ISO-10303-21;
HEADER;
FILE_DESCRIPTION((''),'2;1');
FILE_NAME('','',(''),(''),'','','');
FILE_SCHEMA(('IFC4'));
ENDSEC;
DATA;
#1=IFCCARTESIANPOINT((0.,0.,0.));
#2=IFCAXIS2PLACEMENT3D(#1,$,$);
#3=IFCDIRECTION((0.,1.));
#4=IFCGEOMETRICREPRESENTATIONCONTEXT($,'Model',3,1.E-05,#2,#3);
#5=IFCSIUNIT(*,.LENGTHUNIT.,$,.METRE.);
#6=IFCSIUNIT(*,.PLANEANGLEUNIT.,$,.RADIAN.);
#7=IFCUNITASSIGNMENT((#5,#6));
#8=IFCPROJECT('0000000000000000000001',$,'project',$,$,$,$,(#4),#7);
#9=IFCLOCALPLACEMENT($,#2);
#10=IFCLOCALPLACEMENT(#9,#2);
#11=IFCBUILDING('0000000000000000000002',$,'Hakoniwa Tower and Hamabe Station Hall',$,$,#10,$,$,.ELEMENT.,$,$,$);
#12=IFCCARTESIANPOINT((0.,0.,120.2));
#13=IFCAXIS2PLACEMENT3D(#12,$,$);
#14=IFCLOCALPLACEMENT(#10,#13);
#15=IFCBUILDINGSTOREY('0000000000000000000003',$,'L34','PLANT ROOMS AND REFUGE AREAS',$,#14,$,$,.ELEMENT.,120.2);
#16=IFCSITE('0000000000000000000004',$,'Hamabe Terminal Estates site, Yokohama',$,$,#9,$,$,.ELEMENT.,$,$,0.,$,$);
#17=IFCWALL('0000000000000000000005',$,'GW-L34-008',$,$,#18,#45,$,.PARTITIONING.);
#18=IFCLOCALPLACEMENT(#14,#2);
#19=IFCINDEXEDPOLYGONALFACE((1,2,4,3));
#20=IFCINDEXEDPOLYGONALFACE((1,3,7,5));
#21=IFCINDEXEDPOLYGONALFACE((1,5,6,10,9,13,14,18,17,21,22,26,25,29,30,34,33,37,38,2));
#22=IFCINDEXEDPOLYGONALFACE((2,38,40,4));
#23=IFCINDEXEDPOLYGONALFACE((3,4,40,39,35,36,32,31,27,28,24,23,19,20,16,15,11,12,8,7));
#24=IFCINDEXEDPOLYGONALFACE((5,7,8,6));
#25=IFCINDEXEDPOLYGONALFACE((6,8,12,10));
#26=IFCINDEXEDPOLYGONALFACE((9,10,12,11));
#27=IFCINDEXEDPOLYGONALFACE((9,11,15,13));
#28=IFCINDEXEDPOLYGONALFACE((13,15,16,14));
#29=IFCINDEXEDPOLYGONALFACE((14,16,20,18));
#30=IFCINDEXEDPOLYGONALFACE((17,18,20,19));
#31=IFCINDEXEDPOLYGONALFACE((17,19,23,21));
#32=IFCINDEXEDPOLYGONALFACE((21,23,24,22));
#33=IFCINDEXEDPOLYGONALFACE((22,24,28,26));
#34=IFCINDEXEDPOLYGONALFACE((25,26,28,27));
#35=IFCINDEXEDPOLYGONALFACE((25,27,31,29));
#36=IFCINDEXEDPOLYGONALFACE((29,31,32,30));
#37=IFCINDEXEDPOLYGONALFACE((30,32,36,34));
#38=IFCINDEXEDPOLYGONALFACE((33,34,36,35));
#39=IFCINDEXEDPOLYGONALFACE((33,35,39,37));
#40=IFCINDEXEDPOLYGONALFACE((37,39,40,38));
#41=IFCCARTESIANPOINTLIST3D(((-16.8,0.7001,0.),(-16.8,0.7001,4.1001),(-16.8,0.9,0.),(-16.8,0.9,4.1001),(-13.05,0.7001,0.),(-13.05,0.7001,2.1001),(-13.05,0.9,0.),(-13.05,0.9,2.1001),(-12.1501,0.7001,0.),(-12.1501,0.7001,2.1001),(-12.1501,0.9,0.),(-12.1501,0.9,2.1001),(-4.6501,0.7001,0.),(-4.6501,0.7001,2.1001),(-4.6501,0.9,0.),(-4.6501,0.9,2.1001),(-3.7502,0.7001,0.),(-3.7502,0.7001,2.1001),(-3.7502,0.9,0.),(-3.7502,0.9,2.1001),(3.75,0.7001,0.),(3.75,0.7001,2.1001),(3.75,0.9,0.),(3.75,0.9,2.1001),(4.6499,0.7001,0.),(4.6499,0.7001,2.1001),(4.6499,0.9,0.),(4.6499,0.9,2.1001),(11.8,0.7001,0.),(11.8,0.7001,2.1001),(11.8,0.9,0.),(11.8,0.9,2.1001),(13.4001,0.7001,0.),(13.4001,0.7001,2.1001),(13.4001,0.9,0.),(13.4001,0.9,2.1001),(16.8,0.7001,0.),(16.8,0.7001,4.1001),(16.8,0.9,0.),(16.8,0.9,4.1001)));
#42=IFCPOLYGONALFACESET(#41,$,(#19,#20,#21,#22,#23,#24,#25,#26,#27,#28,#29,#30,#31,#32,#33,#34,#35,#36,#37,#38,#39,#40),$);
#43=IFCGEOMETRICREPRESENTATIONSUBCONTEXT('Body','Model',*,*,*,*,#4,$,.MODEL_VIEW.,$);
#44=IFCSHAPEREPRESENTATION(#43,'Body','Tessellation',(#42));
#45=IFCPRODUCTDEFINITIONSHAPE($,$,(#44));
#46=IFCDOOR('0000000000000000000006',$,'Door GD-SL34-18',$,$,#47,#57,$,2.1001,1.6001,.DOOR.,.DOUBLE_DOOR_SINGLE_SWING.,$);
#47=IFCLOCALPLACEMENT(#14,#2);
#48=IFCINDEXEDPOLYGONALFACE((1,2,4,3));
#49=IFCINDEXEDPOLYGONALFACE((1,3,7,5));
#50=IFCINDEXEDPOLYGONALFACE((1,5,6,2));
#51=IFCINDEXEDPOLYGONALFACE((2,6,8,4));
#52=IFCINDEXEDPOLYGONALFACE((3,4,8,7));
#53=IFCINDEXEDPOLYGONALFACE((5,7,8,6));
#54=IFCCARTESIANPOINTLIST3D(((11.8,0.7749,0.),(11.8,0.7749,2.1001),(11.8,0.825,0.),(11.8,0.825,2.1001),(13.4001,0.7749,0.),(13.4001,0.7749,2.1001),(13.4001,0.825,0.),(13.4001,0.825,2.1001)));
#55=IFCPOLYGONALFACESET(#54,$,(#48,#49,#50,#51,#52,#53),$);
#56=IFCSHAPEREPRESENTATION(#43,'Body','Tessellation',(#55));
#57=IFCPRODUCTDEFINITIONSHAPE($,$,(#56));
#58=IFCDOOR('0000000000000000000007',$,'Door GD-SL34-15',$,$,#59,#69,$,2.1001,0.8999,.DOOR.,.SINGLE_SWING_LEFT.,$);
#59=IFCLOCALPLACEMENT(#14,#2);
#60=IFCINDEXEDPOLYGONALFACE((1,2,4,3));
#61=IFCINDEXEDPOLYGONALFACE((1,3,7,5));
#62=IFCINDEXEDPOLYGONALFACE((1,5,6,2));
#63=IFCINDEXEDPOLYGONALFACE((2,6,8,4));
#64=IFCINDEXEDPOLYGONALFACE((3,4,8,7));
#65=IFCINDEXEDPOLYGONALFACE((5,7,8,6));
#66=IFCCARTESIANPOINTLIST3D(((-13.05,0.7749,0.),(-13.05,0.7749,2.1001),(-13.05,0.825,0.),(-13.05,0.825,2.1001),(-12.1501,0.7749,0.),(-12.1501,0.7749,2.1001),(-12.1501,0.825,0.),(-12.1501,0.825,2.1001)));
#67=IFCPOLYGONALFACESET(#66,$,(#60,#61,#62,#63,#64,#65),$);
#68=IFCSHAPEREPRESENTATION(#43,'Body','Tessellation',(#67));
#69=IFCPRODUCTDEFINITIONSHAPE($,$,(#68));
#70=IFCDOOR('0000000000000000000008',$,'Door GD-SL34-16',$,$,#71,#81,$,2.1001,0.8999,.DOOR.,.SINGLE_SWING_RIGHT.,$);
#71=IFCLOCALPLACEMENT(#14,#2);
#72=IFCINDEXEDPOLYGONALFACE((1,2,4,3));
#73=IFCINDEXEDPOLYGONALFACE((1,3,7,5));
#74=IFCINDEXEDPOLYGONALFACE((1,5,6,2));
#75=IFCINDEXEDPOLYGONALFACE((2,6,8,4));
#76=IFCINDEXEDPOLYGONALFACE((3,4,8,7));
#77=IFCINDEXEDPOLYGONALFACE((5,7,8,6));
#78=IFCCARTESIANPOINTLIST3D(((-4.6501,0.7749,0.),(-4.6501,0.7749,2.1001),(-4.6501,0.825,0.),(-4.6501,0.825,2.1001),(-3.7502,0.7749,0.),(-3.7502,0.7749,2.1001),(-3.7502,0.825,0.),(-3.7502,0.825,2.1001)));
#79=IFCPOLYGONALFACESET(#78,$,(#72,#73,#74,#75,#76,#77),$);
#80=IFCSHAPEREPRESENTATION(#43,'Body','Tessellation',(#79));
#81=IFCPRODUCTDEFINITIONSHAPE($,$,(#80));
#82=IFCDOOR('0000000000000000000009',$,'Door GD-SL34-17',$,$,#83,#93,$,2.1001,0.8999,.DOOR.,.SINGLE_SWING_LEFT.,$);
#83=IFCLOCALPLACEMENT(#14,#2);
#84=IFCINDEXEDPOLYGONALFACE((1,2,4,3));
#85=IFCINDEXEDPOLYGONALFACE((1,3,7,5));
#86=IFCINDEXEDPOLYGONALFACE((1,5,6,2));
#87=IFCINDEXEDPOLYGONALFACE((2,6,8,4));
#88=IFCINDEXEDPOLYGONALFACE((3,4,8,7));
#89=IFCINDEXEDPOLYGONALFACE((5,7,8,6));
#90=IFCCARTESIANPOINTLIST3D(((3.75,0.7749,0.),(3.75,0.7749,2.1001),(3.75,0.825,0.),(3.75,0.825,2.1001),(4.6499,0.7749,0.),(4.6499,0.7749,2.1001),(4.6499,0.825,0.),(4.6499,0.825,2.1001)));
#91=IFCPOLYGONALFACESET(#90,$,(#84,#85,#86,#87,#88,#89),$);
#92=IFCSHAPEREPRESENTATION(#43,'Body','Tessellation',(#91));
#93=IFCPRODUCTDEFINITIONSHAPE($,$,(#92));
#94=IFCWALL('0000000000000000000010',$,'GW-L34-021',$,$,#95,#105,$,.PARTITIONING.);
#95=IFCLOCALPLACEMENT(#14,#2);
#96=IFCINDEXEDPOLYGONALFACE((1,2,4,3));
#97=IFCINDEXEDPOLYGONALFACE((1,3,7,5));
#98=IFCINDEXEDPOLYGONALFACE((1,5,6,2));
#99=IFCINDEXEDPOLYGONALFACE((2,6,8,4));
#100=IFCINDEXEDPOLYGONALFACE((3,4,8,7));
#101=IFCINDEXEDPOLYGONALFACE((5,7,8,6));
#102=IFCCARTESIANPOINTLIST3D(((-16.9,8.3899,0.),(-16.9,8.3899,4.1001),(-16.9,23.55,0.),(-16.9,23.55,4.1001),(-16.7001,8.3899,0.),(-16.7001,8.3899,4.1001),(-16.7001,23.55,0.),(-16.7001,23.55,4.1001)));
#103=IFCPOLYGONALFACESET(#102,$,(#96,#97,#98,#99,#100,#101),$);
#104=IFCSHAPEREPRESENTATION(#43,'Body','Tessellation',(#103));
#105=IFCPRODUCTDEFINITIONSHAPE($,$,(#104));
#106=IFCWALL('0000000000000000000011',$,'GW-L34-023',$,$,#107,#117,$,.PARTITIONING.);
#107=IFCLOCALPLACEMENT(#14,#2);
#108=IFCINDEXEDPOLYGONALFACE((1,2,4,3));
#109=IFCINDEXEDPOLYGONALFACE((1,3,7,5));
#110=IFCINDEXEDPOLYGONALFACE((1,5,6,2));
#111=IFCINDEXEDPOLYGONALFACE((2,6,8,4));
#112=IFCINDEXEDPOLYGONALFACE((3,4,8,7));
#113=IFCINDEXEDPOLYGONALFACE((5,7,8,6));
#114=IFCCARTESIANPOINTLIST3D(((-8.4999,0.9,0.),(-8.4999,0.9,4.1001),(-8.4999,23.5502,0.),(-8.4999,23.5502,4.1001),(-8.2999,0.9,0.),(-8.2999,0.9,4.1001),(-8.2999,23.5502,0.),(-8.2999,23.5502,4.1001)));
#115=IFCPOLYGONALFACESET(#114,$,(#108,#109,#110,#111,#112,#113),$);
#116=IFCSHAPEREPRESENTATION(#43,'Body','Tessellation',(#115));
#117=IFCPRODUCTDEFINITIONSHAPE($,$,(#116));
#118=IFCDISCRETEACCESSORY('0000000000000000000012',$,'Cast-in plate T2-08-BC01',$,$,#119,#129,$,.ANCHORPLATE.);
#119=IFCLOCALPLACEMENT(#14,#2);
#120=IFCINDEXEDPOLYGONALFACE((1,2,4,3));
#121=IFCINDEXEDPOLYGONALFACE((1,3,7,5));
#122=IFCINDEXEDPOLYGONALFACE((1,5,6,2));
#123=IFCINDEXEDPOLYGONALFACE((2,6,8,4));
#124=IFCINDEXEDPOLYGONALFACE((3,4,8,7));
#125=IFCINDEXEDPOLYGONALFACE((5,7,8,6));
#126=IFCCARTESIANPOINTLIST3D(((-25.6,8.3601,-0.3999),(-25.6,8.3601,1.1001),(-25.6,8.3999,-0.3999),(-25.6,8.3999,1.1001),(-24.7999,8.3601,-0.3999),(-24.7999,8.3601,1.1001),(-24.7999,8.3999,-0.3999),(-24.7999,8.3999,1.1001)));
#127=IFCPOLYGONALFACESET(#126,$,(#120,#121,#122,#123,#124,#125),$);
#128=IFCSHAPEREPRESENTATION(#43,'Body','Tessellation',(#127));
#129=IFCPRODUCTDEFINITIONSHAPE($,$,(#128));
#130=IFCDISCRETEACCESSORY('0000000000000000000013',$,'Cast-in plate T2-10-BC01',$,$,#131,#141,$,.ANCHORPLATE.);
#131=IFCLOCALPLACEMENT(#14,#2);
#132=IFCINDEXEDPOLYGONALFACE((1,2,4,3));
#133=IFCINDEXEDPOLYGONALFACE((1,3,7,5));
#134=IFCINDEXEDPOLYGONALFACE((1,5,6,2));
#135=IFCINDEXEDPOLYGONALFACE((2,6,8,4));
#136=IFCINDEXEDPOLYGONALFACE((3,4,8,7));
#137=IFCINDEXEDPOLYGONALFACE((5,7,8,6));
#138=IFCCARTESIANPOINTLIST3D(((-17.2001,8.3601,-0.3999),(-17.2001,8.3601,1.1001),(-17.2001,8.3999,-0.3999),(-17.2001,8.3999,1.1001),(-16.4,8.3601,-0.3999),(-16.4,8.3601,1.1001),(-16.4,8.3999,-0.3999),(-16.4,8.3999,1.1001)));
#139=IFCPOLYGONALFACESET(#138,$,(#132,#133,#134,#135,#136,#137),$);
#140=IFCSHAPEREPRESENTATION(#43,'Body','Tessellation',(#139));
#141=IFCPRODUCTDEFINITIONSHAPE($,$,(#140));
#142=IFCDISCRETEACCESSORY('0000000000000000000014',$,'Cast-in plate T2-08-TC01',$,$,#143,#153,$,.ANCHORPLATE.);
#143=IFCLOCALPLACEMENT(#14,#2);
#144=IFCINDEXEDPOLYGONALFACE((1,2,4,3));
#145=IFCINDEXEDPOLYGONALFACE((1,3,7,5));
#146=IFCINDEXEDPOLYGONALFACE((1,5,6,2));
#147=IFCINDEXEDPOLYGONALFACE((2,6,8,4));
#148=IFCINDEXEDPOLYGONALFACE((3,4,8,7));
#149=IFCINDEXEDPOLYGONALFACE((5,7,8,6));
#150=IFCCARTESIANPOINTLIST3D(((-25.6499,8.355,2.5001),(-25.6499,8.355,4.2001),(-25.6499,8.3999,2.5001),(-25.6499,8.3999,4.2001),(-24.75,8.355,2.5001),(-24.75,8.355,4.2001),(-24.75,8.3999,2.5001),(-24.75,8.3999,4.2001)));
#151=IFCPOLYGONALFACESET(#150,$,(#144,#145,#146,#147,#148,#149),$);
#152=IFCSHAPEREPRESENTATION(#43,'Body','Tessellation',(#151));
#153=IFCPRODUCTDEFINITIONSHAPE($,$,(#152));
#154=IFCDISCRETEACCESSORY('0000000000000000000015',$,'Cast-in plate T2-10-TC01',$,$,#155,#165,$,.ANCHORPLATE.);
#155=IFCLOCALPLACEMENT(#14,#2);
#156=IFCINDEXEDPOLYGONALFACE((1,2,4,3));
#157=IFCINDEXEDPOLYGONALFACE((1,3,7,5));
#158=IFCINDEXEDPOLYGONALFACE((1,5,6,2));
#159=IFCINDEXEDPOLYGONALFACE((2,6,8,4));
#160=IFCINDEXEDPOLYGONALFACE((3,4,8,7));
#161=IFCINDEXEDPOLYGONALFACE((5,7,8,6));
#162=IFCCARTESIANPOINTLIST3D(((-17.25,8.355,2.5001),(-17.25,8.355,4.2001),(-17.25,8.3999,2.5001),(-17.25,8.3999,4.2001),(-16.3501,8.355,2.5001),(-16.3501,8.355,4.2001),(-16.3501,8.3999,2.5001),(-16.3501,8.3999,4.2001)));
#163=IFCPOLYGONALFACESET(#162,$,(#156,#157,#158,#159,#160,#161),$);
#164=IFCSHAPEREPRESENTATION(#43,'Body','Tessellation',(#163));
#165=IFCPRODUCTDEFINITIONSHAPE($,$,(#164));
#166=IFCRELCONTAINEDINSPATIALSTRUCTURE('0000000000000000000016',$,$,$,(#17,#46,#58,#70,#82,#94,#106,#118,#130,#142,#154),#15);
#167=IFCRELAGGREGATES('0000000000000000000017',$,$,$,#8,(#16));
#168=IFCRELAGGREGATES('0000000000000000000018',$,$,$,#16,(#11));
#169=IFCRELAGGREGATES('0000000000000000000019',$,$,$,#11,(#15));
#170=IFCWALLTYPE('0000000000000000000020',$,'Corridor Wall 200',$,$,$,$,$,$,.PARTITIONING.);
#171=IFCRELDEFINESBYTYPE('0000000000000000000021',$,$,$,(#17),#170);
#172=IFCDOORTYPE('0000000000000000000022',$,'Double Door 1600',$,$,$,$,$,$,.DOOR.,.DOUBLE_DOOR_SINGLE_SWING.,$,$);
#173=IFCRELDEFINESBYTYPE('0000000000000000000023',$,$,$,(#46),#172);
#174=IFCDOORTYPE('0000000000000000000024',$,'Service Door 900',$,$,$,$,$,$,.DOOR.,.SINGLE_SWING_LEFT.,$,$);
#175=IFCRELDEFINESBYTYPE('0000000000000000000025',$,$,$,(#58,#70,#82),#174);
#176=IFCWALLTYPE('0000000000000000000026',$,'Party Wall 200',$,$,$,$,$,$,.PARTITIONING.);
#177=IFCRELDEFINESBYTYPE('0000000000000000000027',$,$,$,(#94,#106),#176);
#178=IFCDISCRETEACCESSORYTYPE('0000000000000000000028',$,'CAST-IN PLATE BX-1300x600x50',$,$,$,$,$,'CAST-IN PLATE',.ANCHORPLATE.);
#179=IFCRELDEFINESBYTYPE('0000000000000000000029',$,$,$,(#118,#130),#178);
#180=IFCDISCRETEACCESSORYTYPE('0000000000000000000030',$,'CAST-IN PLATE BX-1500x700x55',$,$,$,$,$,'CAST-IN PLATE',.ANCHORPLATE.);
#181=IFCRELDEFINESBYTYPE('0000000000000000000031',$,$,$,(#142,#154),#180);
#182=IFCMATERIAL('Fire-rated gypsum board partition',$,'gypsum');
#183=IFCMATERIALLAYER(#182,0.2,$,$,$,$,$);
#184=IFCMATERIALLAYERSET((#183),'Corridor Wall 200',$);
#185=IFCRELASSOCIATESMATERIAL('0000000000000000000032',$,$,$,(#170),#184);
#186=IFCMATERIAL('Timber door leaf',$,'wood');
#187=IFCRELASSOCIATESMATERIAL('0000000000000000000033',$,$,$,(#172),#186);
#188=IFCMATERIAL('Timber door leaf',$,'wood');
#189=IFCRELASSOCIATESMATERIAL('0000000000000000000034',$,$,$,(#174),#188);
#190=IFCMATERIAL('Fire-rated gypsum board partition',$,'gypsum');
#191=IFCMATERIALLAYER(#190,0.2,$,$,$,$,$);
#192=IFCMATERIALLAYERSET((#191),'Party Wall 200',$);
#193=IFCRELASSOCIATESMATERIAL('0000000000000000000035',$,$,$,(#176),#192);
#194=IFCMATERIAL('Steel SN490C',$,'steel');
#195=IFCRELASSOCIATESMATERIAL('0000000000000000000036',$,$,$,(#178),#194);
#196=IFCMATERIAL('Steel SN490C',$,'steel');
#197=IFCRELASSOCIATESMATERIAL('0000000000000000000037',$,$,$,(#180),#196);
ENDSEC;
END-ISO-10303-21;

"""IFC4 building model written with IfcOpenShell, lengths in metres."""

from ifc_helpers import new_model, si_unit, direction, frame, frame_2d, origin, origin_2d, place, context, subcontext, project, spatial, rectangle, extrude, material, layer, layer_set, material_profile, profile_set, type_object, element, fill, save


model = new_model("IFC4")

# Units and contexts
model_context = context("Model", 3, precision=1e-05, world=origin(), true_north=direction((0.0, 1.0)))
body_context = subcontext(model_context, "Body", "Model", "MODEL_VIEW")
ifc_project = project(units=[si_unit("LENGTHUNIT", "METRE"), si_unit("PLANEANGLEUNIT", "RADIAN")], contexts=[model_context])

# Site, building, storey
site_placement = place(None, origin())
site = spatial("IfcSite", under=ifc_project, at=site_placement, Name="Hamabe Terminal Estates site, Yokohama", CompositionType="ELEMENT", RefElevation=0.0)
building_placement = place(site_placement, origin())
building = spatial("IfcBuilding", under=site, at=building_placement, Name="Hakoniwa Tower and Hamabe Station Hall", CompositionType="ELEMENT")
storey_placement = place(building_placement, frame((0.0, 0.0, 120.2)))
storey = spatial("IfcBuildingStorey", under=building, at=storey_placement, Name="L34", Description="PLANT ROOMS AND REFUGE AREAS", CompositionType="ELEMENT", Elevation=120.2)

# Wall, openings, doors
ifc_material_1 = material(Name="Fire-rated gypsum board partition", Category="gypsum")
ifc_layer_1 = layer(ifc_material_1, 0.2)
ifc_layer_set_1 = layer_set([ifc_layer_1], Name="Corridor Wall 200")
wall_type_1 = type_object("IfcWallType", Name="Corridor Wall 200", PredefinedType="PARTITIONING", material=ifc_layer_set_1)
wall_1_placement = place(storey_placement, frame((-16.8, 0.8, 0.0), z_axis=(0.0, 0.0, 1.0), x_axis=(1.0, 0.0, 0.0)))
wall_1 = element("IfcWall", 1, at=wall_1_placement, inside=storey, type_object=wall_type_1, Name="GW-L34-008", PredefinedType="PARTITIONING", context=body_context, shape_type="SweptSolid", body=[
    extrude(rectangle(XDim=33.6001, YDim=0.2, at=frame_2d((16.8, 0.0))), origin(), (0.0, 0.0, 1.0), 4.1001),
])
opening_1_placement = place(wall_1_placement, frame((3.75, 0.0, 0.0)))
opening_1 = element("IfcOpeningElement", 2, at=opening_1_placement, cuts=wall_1, PredefinedType="OPENING", context=body_context, shape_type="SweptSolid", body=[
    extrude(rectangle(XDim=0.8999, YDim=2.1001, at=frame_2d((0.45, 1.05))), frame((0.0, 0.1099, 0.0), z_axis=(0.0, -1.0, 0.0), x_axis=(1.0, 0.0, 0.0)), (0.0, 0.0, 1.0), 0.22),
])
opening_2_placement = place(wall_1_placement, frame((12.1499, 0.0, 0.0)))
opening_2 = element("IfcOpeningElement", 3, at=opening_2_placement, cuts=wall_1, PredefinedType="OPENING", context=body_context, shape_type="SweptSolid", body=[
    extrude(rectangle(XDim=0.8999, YDim=2.1001, at=frame_2d((0.45, 1.05))), frame((0.0, 0.1099, 0.0), z_axis=(0.0, -1.0, 0.0), x_axis=(1.0, 0.0, 0.0)), (0.0, 0.0, 1.0), 0.22),
])
opening_3_placement = place(wall_1_placement, frame((20.55, 0.0, 0.0)))
opening_3 = element("IfcOpeningElement", 4, at=opening_3_placement, cuts=wall_1, PredefinedType="OPENING", context=body_context, shape_type="SweptSolid", body=[
    extrude(rectangle(XDim=0.8999, YDim=2.1001, at=frame_2d((0.45, 1.05))), frame((0.0, 0.1099, 0.0), z_axis=(0.0, -1.0, 0.0), x_axis=(1.0, 0.0, 0.0)), (0.0, 0.0, 1.0), 0.22),
])
opening_4_placement = place(wall_1_placement, frame((28.6001, 0.0, 0.0)))
opening_4 = element("IfcOpeningElement", 5, at=opening_4_placement, cuts=wall_1, PredefinedType="OPENING", context=body_context, shape_type="SweptSolid", body=[
    extrude(rectangle(XDim=1.6001, YDim=2.1001, at=frame_2d((0.8, 1.05))), frame((0.0, 0.1099, 0.0), z_axis=(0.0, -1.0, 0.0), x_axis=(1.0, 0.0, 0.0)), (0.0, 0.0, 1.0), 0.22),
])
ifc_material_2 = material(Name="Timber door leaf", Category="wood")
door_type_1 = type_object("IfcDoorType", Name="Double Door 1600", OperationType="DOUBLE_DOOR_SINGLE_SWING", PredefinedType="DOOR", material=ifc_material_2)
door_1_placement = place(opening_4_placement, origin())
door_1 = element("IfcDoor", 6, at=door_1_placement, inside=storey, type_object=door_type_1, Name="Door GD-SL34-18", OperationType="DOUBLE_DOOR_SINGLE_SWING", OverallHeight=2.1001, OverallWidth=1.6001, PredefinedType="DOOR", context=body_context, shape_type="SweptSolid", body=[
    extrude(rectangle(XDim=1.6001, YDim=2.1001, at=frame_2d((0.8, 1.05))), frame((0.0, 0.0249, 0.0), z_axis=(0.0, -1.0, 0.0), x_axis=(1.0, 0.0, 0.0)), (0.0, 0.0, 1.0), 0.05),
])
fill(opening_4, door_1)
ifc_material_3 = material(Name="Timber door leaf", Category="wood")
door_type_2 = type_object("IfcDoorType", Name="Service Door 900", OperationType="SINGLE_SWING_LEFT", PredefinedType="DOOR", material=ifc_material_3)
door_2_placement = place(opening_1_placement, origin())
door_2 = element("IfcDoor", 7, at=door_2_placement, inside=storey, type_object=door_type_2, Name="Door GD-SL34-15", OperationType="SINGLE_SWING_LEFT", OverallHeight=2.1001, OverallWidth=0.8999, PredefinedType="DOOR", context=body_context, shape_type="SweptSolid", body=[
    extrude(rectangle(XDim=0.8999, YDim=2.1001, at=frame_2d((0.45, 1.05))), frame((0.0, 0.0249, 0.0), z_axis=(0.0, -1.0, 0.0), x_axis=(1.0, 0.0, 0.0)), (0.0, 0.0, 1.0), 0.05),
])
fill(opening_1, door_2)
door_3_placement = place(opening_2_placement, origin())
door_3 = element("IfcDoor", 8, at=door_3_placement, inside=storey, type_object=door_type_2, Name="Door GD-SL34-16", OperationType="SINGLE_SWING_RIGHT", OverallHeight=2.1001, OverallWidth=0.8999, PredefinedType="DOOR", context=body_context, shape_type="SweptSolid", body=[
    extrude(rectangle(XDim=0.8999, YDim=2.1001, at=frame_2d((0.45, 1.05))), frame((0.0, 0.0249, 0.0), z_axis=(0.0, -1.0, 0.0), x_axis=(1.0, 0.0, 0.0)), (0.0, 0.0, 1.0), 0.05),
])
fill(opening_2, door_3)
door_4_placement = place(opening_3_placement, origin())
door_4 = element("IfcDoor", 9, at=door_4_placement, inside=storey, type_object=door_type_2, Name="Door GD-SL34-17", OperationType="SINGLE_SWING_LEFT", OverallHeight=2.1001, OverallWidth=0.8999, PredefinedType="DOOR", context=body_context, shape_type="SweptSolid", body=[
    extrude(rectangle(XDim=0.8999, YDim=2.1001, at=frame_2d((0.45, 1.05))), frame((0.0, 0.0249, 0.0), z_axis=(0.0, -1.0, 0.0), x_axis=(1.0, 0.0, 0.0)), (0.0, 0.0, 1.0), 0.05),
])
fill(opening_3, door_4)

# Walls
ifc_material_4 = material(Name="Fire-rated gypsum board partition", Category="gypsum")
ifc_layer_2 = layer(ifc_material_4, 0.2)
ifc_layer_set_2 = layer_set([ifc_layer_2], Name="Party Wall 200")
wall_type_2 = type_object("IfcWallType", Name="Party Wall 200", PredefinedType="PARTITIONING", material=ifc_layer_set_2)
wall_2_placement = place(storey_placement, frame((-16.8, 8.3899, 0.0), z_axis=(0.0, 0.0, 1.0), x_axis=(0.0, 1.0, 0.0)))
element("IfcWall", 10, at=wall_2_placement, inside=storey, type_object=wall_type_2, Name="GW-L34-021", PredefinedType="PARTITIONING", context=body_context, shape_type="SweptSolid", body=[
    extrude(rectangle(XDim=15.1602, YDim=0.2, at=frame_2d((7.5801, 0.0))), origin(), (0.0, 0.0, 1.0), 4.1001),
])
wall_3_placement = place(storey_placement, frame((-8.3999, 0.8999, 0.0), z_axis=(0.0, 0.0, 1.0), x_axis=(0.0, 1.0, 0.0)))
element("IfcWall", 11, at=wall_3_placement, inside=storey, type_object=wall_type_2, Name="GW-L34-023", PredefinedType="PARTITIONING", context=body_context, shape_type="SweptSolid", body=[
    extrude(rectangle(XDim=22.6501, YDim=0.2, at=frame_2d((11.3252, 0.0))), origin(), (0.0, 0.0, 1.0), 4.1001),
])

# Discrete accessories
ifc_material_5 = material(Name="Steel SN490C", Category="steel")
ifc_material_profile_1 = material_profile(ifc_material_5, rectangle(XDim=0.8, YDim=1.5, at=origin_2d()), Name="CAST-IN PLATE BX-1300x600x50")
ifc_profile_set_1 = profile_set([ifc_material_profile_1], Name="Steel SN490C")
discrete_accessory_type_1 = type_object("IfcDiscreteAccessoryType", Name="CAST-IN PLATE BX-1300x600x50", ElementType="CAST-IN PLATE", PredefinedType="ANCHORPLATE", material=ifc_profile_set_1)
for number, where, z_axis, x_axis, name in (
    (12, (-25.2, 8.3601, 0.3501), (0.0, 1.0, 0.0), (-1.0, 0.0, 0.0), "Cast-in plate T2-08-BC01"),
    (13, (-16.8, 8.3601, 0.3501), (0.0, 1.0, 0.0), (-1.0, 0.0, 0.0), "Cast-in plate T2-10-BC01"),
):
    element("IfcDiscreteAccessory", number, at=place(storey_placement, frame(where, z_axis=z_axis, x_axis=x_axis)), inside=storey, type_object=discrete_accessory_type_1, Name=name, PredefinedType="ANCHORPLATE", context=body_context, shape_type="SweptSolid", body=[
        extrude(rectangle(XDim=0.8, YDim=1.5, at=origin_2d()), origin(), (0.0, 0.0, 1.0), 0.0398),
    ])
ifc_material_6 = material(Name="Steel SN490C", Category="steel")
ifc_material_profile_2 = material_profile(ifc_material_6, rectangle(XDim=0.8999, YDim=1.7, at=origin_2d()), Name="CAST-IN PLATE BX-1500x700x55")
ifc_profile_set_2 = profile_set([ifc_material_profile_2], Name="Steel SN490C")
discrete_accessory_type_2 = type_object("IfcDiscreteAccessoryType", Name="CAST-IN PLATE BX-1500x700x55", ElementType="CAST-IN PLATE", PredefinedType="ANCHORPLATE", material=ifc_profile_set_2)
for number, where, z_axis, x_axis, name in (
    (14, (-25.2, 8.355, 3.3501), (0.0, 1.0, 0.0), (-1.0, 0.0, 0.0), "Cast-in plate T2-08-TC01"),
    (15, (-16.8, 8.355, 3.3501), (0.0, 1.0, 0.0), (-1.0, 0.0, 0.0), "Cast-in plate T2-10-TC01"),
):
    element("IfcDiscreteAccessory", number, at=place(storey_placement, frame(where, z_axis=z_axis, x_axis=x_axis)), inside=storey, type_object=discrete_accessory_type_2, Name=name, PredefinedType="ANCHORPLATE", context=body_context, shape_type="SweptSolid", body=[
        extrude(rectangle(XDim=0.8999, YDim=1.7, at=origin_2d()), origin(), (0.0, 0.0, 1.0), 0.0449),
    ])

save(model, "model.ifc")
